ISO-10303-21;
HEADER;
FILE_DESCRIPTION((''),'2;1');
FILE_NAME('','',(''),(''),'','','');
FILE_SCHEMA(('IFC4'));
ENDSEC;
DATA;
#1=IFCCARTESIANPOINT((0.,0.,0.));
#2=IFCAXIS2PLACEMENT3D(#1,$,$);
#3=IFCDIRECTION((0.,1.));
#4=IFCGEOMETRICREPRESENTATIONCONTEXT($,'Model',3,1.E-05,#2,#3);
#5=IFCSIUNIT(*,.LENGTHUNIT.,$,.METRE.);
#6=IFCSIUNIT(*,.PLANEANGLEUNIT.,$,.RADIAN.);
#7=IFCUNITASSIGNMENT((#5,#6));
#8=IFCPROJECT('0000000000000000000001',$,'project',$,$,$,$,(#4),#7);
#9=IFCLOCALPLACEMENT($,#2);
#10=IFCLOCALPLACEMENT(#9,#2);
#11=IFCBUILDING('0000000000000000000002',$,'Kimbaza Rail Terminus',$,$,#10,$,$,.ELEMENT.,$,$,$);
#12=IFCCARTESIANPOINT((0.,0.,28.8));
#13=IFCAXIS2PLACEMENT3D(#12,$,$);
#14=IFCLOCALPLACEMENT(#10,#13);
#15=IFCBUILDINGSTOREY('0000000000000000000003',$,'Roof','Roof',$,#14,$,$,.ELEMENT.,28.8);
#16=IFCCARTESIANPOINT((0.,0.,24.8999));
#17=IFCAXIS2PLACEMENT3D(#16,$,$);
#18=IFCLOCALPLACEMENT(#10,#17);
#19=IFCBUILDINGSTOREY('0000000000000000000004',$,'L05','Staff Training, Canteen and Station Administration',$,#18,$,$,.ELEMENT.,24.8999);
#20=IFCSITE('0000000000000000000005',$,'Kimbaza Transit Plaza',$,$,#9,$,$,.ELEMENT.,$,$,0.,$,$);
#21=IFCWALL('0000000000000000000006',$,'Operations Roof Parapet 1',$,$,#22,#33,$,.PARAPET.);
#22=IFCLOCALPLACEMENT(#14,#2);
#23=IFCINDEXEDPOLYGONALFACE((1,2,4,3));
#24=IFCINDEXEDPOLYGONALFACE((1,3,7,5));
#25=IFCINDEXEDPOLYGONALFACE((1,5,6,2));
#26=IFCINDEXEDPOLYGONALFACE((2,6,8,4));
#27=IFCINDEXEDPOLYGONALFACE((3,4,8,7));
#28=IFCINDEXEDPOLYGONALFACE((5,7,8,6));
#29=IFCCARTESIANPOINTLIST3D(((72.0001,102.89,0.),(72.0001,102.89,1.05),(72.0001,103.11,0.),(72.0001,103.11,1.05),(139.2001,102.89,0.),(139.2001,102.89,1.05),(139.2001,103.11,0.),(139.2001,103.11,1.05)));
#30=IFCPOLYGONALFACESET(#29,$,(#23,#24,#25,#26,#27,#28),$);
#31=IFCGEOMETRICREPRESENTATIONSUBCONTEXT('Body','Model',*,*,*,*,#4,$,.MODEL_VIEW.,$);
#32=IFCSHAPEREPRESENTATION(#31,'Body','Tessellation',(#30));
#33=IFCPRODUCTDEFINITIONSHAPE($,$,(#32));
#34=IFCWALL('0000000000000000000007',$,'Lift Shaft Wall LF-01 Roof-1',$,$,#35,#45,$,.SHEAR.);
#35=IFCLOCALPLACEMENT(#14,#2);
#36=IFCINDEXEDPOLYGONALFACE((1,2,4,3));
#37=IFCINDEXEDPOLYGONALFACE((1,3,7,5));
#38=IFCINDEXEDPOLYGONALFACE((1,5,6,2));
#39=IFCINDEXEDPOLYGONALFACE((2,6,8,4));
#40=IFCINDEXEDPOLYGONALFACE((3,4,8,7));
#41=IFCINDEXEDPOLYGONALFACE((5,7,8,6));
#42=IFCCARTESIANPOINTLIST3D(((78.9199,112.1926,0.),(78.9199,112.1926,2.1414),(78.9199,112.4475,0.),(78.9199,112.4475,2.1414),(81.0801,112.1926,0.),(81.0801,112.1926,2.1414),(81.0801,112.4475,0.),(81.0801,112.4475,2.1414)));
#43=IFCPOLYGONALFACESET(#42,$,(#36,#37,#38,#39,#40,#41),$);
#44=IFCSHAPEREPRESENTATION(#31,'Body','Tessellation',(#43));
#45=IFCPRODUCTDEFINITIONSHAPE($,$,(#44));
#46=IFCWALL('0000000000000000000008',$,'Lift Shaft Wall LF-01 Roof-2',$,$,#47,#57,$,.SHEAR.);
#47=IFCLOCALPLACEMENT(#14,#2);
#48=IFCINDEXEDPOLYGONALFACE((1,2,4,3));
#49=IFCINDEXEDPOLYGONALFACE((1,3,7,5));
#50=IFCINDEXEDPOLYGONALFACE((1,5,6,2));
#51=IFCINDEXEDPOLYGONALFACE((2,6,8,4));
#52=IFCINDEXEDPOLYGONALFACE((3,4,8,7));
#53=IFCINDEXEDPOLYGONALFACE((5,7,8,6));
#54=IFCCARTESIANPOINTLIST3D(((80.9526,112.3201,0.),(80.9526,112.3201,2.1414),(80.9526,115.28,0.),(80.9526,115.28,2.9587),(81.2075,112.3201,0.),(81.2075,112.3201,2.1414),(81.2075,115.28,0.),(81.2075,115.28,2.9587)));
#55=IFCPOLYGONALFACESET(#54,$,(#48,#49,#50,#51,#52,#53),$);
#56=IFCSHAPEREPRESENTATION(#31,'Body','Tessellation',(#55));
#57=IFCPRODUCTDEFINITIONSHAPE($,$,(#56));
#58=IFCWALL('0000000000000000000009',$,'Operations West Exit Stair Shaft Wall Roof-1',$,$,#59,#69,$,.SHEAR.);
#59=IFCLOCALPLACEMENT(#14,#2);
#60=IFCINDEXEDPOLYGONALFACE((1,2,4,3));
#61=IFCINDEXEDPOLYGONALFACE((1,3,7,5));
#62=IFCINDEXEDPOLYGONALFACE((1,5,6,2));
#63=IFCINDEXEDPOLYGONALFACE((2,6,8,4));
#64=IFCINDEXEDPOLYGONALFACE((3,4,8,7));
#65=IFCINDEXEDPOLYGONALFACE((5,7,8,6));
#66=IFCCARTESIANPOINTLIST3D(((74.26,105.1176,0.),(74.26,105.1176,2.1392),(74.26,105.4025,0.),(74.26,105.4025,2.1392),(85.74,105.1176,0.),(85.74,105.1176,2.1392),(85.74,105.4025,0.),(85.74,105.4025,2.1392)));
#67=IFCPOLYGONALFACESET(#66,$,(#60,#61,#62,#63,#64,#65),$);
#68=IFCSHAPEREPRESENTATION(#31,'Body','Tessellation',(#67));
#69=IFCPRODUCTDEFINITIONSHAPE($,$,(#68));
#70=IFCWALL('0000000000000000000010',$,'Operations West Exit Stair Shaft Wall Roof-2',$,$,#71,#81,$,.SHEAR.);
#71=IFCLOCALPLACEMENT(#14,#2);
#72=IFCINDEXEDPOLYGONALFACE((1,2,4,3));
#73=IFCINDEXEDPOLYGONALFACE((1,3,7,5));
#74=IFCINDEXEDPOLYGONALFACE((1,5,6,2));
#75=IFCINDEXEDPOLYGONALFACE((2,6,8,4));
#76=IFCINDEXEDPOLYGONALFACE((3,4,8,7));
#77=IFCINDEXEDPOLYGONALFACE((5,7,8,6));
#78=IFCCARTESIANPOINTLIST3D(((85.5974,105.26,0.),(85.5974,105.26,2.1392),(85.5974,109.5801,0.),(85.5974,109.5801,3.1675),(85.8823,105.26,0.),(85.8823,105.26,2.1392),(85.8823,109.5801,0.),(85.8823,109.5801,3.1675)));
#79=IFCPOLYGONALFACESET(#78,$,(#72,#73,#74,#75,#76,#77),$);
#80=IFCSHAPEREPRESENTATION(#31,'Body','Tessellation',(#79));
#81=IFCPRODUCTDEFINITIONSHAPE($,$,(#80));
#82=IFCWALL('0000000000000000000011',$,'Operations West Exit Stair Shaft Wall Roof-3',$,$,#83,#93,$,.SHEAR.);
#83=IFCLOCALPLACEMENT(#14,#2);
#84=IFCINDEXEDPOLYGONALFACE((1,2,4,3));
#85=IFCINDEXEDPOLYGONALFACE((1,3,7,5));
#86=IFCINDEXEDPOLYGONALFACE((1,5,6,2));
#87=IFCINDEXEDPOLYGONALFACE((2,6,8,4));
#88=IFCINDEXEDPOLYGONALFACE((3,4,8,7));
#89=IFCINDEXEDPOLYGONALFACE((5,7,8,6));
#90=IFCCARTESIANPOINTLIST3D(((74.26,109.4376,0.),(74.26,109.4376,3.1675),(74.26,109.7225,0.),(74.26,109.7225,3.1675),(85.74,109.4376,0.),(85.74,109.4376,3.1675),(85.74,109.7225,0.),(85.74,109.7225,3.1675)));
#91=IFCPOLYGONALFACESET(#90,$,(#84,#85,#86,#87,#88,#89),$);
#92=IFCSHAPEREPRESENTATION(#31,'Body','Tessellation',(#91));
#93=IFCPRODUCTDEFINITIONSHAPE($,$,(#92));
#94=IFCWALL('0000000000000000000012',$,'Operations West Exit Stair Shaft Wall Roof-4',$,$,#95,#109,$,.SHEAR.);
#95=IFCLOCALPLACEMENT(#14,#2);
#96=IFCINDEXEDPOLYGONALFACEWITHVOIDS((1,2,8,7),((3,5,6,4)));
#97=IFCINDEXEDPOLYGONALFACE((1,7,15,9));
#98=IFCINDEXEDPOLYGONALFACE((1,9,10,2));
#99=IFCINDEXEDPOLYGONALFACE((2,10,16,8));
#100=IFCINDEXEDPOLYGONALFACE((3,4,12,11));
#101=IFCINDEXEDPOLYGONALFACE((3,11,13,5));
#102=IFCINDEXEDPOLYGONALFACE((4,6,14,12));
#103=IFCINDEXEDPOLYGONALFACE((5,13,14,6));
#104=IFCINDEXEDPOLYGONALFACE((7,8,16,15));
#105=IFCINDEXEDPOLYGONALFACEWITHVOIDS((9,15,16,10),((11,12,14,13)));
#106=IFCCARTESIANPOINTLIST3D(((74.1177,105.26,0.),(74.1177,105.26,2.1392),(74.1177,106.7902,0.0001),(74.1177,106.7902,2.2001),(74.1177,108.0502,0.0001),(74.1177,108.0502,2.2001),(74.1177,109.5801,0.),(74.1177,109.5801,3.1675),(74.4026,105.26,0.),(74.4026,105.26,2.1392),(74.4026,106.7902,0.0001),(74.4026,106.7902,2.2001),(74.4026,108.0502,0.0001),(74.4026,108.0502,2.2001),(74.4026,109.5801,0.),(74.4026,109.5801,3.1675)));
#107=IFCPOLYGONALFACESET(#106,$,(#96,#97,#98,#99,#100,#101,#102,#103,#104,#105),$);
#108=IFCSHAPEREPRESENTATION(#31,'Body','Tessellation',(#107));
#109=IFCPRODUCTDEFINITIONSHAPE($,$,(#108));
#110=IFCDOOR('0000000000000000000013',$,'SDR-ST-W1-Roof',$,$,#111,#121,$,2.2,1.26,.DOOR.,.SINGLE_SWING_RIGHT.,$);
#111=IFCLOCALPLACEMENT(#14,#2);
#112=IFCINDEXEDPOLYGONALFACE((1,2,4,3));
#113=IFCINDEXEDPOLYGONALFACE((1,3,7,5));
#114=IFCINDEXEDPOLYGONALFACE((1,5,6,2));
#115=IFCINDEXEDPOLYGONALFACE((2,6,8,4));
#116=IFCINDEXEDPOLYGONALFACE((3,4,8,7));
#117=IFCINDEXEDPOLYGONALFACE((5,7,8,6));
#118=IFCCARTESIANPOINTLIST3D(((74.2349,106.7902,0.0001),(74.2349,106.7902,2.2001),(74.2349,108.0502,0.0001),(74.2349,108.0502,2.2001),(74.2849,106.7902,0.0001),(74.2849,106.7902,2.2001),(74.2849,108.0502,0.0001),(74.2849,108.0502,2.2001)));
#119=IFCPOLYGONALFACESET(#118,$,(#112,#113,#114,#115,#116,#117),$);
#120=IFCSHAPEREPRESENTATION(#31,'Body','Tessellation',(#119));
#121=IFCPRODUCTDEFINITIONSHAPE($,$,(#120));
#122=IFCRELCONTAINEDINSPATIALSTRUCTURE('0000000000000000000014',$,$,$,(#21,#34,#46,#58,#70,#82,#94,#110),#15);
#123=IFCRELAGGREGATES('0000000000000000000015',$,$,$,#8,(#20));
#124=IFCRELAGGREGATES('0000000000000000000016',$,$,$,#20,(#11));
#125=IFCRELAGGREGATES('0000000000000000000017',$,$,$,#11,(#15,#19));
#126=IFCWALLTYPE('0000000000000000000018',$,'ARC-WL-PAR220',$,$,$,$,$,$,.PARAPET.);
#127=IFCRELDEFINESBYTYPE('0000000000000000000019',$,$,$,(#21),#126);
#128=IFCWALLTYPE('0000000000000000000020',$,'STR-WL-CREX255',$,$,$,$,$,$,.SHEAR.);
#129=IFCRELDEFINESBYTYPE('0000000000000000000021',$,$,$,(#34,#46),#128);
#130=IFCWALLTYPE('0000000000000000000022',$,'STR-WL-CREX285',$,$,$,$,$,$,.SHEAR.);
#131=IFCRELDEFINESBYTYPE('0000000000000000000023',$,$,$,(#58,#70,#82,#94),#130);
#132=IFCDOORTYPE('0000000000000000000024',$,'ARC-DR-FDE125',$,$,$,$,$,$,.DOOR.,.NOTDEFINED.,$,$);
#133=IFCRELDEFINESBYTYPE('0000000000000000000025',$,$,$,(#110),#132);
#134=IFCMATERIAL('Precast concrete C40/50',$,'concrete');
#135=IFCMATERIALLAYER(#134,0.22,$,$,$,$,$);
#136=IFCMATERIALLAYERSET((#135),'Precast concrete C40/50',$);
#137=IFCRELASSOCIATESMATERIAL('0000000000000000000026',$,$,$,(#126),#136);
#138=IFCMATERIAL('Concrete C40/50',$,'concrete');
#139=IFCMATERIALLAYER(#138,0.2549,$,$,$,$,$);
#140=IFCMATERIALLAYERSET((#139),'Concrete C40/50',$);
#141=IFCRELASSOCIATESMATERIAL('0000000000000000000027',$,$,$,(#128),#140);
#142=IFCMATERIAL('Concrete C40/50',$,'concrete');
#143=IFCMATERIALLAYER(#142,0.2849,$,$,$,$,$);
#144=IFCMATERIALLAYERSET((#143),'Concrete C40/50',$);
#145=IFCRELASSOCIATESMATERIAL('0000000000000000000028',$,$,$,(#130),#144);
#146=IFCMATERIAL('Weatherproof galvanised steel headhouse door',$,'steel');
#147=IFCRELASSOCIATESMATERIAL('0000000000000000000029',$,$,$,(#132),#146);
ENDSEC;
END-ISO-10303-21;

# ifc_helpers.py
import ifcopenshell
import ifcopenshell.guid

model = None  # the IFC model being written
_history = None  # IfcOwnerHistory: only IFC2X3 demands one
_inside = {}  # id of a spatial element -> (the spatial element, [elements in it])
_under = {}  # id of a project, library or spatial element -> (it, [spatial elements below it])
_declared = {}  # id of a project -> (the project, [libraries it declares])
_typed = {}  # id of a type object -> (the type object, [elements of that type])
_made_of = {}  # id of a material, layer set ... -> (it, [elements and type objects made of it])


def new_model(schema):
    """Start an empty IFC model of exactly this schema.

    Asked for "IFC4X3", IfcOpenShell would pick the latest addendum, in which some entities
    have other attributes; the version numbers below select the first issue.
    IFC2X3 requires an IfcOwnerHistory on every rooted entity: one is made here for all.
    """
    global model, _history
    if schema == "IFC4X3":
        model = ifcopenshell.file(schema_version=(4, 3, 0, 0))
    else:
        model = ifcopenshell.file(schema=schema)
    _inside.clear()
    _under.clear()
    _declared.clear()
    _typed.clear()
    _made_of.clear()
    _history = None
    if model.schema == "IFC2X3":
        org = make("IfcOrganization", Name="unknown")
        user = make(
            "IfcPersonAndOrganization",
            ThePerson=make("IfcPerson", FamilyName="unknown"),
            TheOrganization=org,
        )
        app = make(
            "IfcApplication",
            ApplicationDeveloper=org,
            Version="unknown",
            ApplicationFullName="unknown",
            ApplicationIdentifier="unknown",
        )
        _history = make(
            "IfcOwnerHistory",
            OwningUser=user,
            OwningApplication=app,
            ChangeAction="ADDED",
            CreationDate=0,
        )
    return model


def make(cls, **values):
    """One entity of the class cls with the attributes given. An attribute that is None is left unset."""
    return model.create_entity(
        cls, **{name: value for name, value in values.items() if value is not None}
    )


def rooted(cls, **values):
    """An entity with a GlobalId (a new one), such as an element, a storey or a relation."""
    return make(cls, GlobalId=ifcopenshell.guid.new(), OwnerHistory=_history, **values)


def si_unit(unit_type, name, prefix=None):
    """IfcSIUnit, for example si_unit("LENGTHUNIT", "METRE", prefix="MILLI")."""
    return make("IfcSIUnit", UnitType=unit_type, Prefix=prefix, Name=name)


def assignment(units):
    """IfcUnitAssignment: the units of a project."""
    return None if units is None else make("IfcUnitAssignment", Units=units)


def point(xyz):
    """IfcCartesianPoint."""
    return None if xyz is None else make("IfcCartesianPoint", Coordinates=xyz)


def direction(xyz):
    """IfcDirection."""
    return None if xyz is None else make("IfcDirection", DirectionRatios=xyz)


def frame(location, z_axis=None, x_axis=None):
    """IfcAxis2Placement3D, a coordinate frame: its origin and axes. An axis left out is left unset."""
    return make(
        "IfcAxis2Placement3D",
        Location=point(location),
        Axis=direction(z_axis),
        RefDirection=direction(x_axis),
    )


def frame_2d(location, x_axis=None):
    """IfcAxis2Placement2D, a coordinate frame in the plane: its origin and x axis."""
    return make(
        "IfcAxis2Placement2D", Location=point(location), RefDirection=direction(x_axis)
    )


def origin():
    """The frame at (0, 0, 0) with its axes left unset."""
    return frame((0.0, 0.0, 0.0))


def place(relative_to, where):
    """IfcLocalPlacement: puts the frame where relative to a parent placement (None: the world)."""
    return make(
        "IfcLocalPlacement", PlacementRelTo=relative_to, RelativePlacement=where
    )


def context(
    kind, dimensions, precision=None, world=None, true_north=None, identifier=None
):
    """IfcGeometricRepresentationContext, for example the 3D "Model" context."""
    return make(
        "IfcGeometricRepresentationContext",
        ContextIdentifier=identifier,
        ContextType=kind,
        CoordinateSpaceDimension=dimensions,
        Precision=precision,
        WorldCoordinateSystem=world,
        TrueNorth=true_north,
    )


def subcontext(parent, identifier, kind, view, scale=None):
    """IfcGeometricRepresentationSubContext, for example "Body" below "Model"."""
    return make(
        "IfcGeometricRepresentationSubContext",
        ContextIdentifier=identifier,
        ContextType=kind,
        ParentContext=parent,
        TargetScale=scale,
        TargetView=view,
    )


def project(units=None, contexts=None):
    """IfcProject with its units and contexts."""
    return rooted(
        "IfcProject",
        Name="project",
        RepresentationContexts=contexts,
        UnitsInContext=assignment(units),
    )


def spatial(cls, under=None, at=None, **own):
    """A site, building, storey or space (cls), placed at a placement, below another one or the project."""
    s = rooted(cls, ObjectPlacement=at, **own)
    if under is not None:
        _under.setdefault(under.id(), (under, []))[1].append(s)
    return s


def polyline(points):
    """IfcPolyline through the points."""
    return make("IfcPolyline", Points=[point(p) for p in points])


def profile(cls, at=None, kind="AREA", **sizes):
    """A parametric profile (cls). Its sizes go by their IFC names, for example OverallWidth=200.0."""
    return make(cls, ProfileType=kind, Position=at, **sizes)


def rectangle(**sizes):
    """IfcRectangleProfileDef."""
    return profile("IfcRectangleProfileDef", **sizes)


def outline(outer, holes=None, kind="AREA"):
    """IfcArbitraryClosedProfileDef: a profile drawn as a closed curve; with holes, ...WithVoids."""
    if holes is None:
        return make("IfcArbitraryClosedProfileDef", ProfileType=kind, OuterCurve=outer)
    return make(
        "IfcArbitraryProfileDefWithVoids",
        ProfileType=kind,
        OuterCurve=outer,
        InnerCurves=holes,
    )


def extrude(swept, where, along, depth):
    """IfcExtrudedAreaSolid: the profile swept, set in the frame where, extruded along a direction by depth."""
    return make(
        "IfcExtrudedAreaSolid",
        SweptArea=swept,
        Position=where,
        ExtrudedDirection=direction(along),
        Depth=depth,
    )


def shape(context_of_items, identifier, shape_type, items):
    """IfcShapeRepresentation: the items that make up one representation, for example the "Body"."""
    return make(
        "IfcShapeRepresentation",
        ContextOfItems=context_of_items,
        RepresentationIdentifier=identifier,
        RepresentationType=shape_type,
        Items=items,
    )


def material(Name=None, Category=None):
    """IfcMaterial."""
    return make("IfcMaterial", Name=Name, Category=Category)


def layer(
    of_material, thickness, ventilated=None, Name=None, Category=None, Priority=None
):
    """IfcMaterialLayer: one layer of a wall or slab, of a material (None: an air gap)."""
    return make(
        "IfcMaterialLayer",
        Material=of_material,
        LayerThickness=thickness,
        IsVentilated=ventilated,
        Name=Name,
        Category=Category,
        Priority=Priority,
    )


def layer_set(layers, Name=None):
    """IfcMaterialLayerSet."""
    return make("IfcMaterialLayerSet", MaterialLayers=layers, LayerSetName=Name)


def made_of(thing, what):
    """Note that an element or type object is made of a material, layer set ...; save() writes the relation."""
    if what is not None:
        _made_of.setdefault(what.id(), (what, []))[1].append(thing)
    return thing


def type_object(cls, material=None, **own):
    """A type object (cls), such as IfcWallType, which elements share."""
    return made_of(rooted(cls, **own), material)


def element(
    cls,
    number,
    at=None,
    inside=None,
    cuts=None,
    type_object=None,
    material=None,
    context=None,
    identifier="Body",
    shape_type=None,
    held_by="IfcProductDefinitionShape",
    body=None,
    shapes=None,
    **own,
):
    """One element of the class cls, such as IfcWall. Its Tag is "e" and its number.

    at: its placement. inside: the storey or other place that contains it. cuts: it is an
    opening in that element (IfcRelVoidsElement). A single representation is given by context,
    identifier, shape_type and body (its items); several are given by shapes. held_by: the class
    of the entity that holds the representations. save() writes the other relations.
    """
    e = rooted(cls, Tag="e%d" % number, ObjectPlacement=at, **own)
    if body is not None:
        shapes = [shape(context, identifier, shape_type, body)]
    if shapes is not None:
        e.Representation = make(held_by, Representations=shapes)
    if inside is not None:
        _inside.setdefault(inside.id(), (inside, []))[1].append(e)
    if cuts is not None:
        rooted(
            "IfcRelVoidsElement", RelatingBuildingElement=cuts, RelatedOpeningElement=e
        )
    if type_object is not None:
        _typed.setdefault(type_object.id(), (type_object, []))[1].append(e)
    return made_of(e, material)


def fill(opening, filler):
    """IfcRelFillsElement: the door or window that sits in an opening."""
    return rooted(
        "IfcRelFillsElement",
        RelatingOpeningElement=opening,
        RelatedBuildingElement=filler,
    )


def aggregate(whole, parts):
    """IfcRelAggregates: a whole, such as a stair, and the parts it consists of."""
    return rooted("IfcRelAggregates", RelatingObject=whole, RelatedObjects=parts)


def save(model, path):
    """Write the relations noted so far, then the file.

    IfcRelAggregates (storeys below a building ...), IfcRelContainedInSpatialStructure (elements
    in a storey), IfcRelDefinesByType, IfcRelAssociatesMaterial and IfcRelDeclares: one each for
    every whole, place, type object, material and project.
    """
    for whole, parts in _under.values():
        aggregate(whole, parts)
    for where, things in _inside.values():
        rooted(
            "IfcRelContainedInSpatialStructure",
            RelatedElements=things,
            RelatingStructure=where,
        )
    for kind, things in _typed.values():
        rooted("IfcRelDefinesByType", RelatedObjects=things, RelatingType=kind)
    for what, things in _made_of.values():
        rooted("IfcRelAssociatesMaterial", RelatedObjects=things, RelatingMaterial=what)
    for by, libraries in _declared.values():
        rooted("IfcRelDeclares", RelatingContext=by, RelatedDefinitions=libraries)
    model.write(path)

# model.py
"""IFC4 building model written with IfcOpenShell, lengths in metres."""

from ifc_helpers import new_model, si_unit, direction, frame, frame_2d, origin, place, context, subcontext, project, spatial, polyline, rectangle, outline, extrude, material, layer, layer_set, type_object, element, fill, save


model = new_model("IFC4")

# Units and contexts
model_context = context("Model", 3, precision=1e-05, world=origin(), true_north=direction((0.0, 1.0)))
body_context = subcontext(model_context, "Body", "Model", "MODEL_VIEW")
ifc_project = project(units=[si_unit("LENGTHUNIT", "METRE"), si_unit("PLANEANGLEUNIT", "RADIAN")], contexts=[model_context])

# Site, building, storey
site_placement = place(None, origin())
site = spatial("IfcSite", under=ifc_project, at=site_placement, Name="Kimbaza Transit Plaza", CompositionType="ELEMENT", RefElevation=0.0)
building_placement = place(site_placement, origin())
building = spatial("IfcBuilding", under=site, at=building_placement, Name="Kimbaza Rail Terminus", CompositionType="ELEMENT")
storey_1_placement = place(building_placement, frame((0.0, 0.0, 28.8)))
storey_1 = spatial("IfcBuildingStorey", under=building, at=storey_1_placement, Name="Roof", Description="Roof", CompositionType="ELEMENT", Elevation=28.8)

# Shared definitions
storey_2_placement = place(building_placement, frame((0.0, 0.0, 24.8999)))
storey_2 = spatial("IfcBuildingStorey", under=building, at=storey_2_placement, Name="L05", Description="Staff Training, Canteen and Station Administration", CompositionType="ELEMENT", Elevation=24.8999)

# Walls
ifc_material_1 = material(Name="Precast concrete C40/50", Category="concrete")
ifc_layer_1 = layer(ifc_material_1, 0.22)
ifc_layer_set_1 = layer_set([ifc_layer_1], Name="Precast concrete C40/50")
wall_type_1 = type_object("IfcWallType", Name="ARC-WL-PAR220", PredefinedType="PARAPET", material=ifc_layer_set_1)
wall_1_placement = place(storey_1_placement, frame((72.0, 103.0, 0.0), z_axis=(0.0, 0.0, 1.0), x_axis=(1.0, 0.0, 0.0)))
element("IfcWall", 1, at=wall_1_placement, inside=storey_1, type_object=wall_type_1, Name="Operations Roof Parapet 1", PredefinedType="PARAPET", context=body_context, shape_type="SweptSolid", body=[
    extrude(rectangle(XDim=67.2, YDim=0.22, at=frame_2d((33.6001, 0.0))), origin(), (0.0, 0.0, 1.0), 1.05),
])
ifc_material_2 = material(Name="Concrete C40/50", Category="concrete")
ifc_layer_2 = layer(ifc_material_2, 0.2549)
ifc_layer_set_2 = layer_set([ifc_layer_2], Name="Concrete C40/50")
wall_type_2 = type_object("IfcWallType", Name="STR-WL-CREX255", PredefinedType="SHEAR", material=ifc_layer_set_2)
wall_2_placement = place(storey_1_placement, frame((78.9199, 112.3201, 0.0), z_axis=(0.0, 0.0, 1.0), x_axis=(1.0, 0.0, 0.0)))
element("IfcWall", 2, at=wall_2_placement, inside=storey_1, type_object=wall_type_2, Name="Lift Shaft Wall LF-01 Roof-1", PredefinedType="SHEAR", context=body_context, shape_type="SweptSolid", body=[
    extrude(rectangle(XDim=2.1602, YDim=0.2549, at=frame_2d((1.0801, 0.0))), origin(), (0.0, 0.0, 1.0), 2.1414),
])
wall_3_placement = place(storey_1_placement, frame((81.0801, 112.3201, 0.0), z_axis=(0.0, 0.0, 1.0), x_axis=(0.0, 1.0, 0.0)))
element("IfcWall", 3, at=wall_3_placement, inside=storey_1, type_object=wall_type_2, Name="Lift Shaft Wall LF-01 Roof-2", PredefinedType="SHEAR", context=body_context, shape_type="SweptSolid", body=[
    extrude(outline(polyline([(0.0, 0.0), (2.96, 0.0), (2.96, 2.9587), (0.0, 2.1414), (0.0, 0.0)])), frame((0.0, 0.1274, 0.0), z_axis=(0.0, -1.0, 0.0), x_axis=(1.0, 0.0, 0.0)), (0.0, 0.0, 1.0), 0.2549),
])
ifc_material_3 = material(Name="Concrete C40/50", Category="concrete")
ifc_layer_3 = layer(ifc_material_3, 0.2849)
ifc_layer_set_3 = layer_set([ifc_layer_3], Name="Concrete C40/50")
wall_type_3 = type_object("IfcWallType", Name="STR-WL-CREX285", PredefinedType="SHEAR", material=ifc_layer_set_3)
wall_4_placement = place(storey_1_placement, frame((74.26, 105.26, 0.0), z_axis=(0.0, 0.0, 1.0), x_axis=(1.0, 0.0, 0.0)))
element("IfcWall", 4, at=wall_4_placement, inside=storey_1, type_object=wall_type_3, Name="Operations West Exit Stair Shaft Wall Roof-1", PredefinedType="SHEAR", context=body_context, shape_type="SweptSolid", body=[
    extrude(rectangle(XDim=11.48, YDim=0.2849, at=frame_2d((5.74, 0.0))), origin(), (0.0, 0.0, 1.0), 2.1392),
])
wall_5_placement = place(storey_1_placement, frame((85.74, 105.26, 0.0), z_axis=(0.0, 0.0, 1.0), x_axis=(0.0, 1.0, 0.0)))
element("IfcWall", 5, at=wall_5_placement, inside=storey_1, type_object=wall_type_3, Name="Operations West Exit Stair Shaft Wall Roof-2", PredefinedType="SHEAR", context=body_context, shape_type="SweptSolid", body=[
    extrude(outline(polyline([(0.0, 0.0), (4.3201, 0.0), (4.3201, 3.1675), (0.0, 2.1392), (0.0, 0.0)])), frame((0.0, 0.1426, 0.0), z_axis=(0.0, -1.0, 0.0), x_axis=(1.0, 0.0, 0.0)), (0.0, 0.0, 1.0), 0.2849),
])
wall_6_placement = place(storey_1_placement, frame((85.74, 109.5801, 0.0), z_axis=(0.0, 0.0, 1.0), x_axis=(-1.0, 0.0, 0.0)))
element("IfcWall", 6, at=wall_6_placement, inside=storey_1, type_object=wall_type_3, Name="Operations West Exit Stair Shaft Wall Roof-3", PredefinedType="SHEAR", context=body_context, shape_type="SweptSolid", body=[
    extrude(rectangle(XDim=11.48, YDim=0.2849, at=frame_2d((5.74, 0.0))), origin(), (0.0, 0.0, 1.0), 3.1675),
])

# Wall, opening, door
wall_7_placement = place(storey_1_placement, frame((74.26, 109.5801, 0.0), z_axis=(0.0, 0.0, 1.0), x_axis=(0.0, -1.0, 0.0)))
wall_7 = element("IfcWall", 7, at=wall_7_placement, inside=storey_1, type_object=wall_type_3, Name="Operations West Exit Stair Shaft Wall Roof-4", PredefinedType="SHEAR", context=body_context, shape_type="SweptSolid", body=[
    extrude(outline(polyline([(0.0, 0.0), (4.3201, 0.0), (4.3201, 2.1392), (0.0, 3.1675), (0.0, 0.0)])), frame((0.0, 0.1426, 0.0), z_axis=(0.0, -1.0, 0.0), x_axis=(1.0, 0.0, 0.0)), (0.0, 0.0, 1.0), 0.2849),
])
opening_1_placement = place(wall_7_placement, frame((1.53, 0.0, 0.0)))
opening_1 = element("IfcOpeningElement", 8, at=opening_1_placement, cuts=wall_7, PredefinedType="OPENING", context=body_context, shape_type="SweptSolid", body=[
    extrude(rectangle(XDim=1.26, YDim=2.2, at=frame_2d((0.6299, 1.1001))), frame((0.0, 0.1523, 0.0), z_axis=(0.0, -1.0, 0.0), x_axis=(1.0, 0.0, 0.0)), (0.0, 0.0, 1.0), 0.3049),
])
ifc_material_4 = material(Name="Weatherproof galvanised steel headhouse door", Category="steel")
door_type_1 = type_object("IfcDoorType", Name="ARC-DR-FDE125", OperationType="NOTDEFINED", PredefinedType="DOOR", material=ifc_material_4)
door_1_placement = place(opening_1_placement, origin())
door_1 = element("IfcDoor", 9, at=door_1_placement, inside=storey_1, type_object=door_type_1, Name="SDR-ST-W1-Roof", OperationType="SINGLE_SWING_RIGHT", OverallHeight=2.2, OverallWidth=1.26, PredefinedType="DOOR", context=body_context, shape_type="SweptSolid", body=[
    extrude(rectangle(XDim=1.26, YDim=2.2, at=frame_2d((0.6299, 1.1001))), frame((0.0, 0.0249, 0.0), z_axis=(0.0, -1.0, 0.0), x_axis=(1.0, 0.0, 0.0)), (0.0, 0.0, 1.0), 0.05),
])
fill(opening_1, door_1)

save(model, "model.ifc")
